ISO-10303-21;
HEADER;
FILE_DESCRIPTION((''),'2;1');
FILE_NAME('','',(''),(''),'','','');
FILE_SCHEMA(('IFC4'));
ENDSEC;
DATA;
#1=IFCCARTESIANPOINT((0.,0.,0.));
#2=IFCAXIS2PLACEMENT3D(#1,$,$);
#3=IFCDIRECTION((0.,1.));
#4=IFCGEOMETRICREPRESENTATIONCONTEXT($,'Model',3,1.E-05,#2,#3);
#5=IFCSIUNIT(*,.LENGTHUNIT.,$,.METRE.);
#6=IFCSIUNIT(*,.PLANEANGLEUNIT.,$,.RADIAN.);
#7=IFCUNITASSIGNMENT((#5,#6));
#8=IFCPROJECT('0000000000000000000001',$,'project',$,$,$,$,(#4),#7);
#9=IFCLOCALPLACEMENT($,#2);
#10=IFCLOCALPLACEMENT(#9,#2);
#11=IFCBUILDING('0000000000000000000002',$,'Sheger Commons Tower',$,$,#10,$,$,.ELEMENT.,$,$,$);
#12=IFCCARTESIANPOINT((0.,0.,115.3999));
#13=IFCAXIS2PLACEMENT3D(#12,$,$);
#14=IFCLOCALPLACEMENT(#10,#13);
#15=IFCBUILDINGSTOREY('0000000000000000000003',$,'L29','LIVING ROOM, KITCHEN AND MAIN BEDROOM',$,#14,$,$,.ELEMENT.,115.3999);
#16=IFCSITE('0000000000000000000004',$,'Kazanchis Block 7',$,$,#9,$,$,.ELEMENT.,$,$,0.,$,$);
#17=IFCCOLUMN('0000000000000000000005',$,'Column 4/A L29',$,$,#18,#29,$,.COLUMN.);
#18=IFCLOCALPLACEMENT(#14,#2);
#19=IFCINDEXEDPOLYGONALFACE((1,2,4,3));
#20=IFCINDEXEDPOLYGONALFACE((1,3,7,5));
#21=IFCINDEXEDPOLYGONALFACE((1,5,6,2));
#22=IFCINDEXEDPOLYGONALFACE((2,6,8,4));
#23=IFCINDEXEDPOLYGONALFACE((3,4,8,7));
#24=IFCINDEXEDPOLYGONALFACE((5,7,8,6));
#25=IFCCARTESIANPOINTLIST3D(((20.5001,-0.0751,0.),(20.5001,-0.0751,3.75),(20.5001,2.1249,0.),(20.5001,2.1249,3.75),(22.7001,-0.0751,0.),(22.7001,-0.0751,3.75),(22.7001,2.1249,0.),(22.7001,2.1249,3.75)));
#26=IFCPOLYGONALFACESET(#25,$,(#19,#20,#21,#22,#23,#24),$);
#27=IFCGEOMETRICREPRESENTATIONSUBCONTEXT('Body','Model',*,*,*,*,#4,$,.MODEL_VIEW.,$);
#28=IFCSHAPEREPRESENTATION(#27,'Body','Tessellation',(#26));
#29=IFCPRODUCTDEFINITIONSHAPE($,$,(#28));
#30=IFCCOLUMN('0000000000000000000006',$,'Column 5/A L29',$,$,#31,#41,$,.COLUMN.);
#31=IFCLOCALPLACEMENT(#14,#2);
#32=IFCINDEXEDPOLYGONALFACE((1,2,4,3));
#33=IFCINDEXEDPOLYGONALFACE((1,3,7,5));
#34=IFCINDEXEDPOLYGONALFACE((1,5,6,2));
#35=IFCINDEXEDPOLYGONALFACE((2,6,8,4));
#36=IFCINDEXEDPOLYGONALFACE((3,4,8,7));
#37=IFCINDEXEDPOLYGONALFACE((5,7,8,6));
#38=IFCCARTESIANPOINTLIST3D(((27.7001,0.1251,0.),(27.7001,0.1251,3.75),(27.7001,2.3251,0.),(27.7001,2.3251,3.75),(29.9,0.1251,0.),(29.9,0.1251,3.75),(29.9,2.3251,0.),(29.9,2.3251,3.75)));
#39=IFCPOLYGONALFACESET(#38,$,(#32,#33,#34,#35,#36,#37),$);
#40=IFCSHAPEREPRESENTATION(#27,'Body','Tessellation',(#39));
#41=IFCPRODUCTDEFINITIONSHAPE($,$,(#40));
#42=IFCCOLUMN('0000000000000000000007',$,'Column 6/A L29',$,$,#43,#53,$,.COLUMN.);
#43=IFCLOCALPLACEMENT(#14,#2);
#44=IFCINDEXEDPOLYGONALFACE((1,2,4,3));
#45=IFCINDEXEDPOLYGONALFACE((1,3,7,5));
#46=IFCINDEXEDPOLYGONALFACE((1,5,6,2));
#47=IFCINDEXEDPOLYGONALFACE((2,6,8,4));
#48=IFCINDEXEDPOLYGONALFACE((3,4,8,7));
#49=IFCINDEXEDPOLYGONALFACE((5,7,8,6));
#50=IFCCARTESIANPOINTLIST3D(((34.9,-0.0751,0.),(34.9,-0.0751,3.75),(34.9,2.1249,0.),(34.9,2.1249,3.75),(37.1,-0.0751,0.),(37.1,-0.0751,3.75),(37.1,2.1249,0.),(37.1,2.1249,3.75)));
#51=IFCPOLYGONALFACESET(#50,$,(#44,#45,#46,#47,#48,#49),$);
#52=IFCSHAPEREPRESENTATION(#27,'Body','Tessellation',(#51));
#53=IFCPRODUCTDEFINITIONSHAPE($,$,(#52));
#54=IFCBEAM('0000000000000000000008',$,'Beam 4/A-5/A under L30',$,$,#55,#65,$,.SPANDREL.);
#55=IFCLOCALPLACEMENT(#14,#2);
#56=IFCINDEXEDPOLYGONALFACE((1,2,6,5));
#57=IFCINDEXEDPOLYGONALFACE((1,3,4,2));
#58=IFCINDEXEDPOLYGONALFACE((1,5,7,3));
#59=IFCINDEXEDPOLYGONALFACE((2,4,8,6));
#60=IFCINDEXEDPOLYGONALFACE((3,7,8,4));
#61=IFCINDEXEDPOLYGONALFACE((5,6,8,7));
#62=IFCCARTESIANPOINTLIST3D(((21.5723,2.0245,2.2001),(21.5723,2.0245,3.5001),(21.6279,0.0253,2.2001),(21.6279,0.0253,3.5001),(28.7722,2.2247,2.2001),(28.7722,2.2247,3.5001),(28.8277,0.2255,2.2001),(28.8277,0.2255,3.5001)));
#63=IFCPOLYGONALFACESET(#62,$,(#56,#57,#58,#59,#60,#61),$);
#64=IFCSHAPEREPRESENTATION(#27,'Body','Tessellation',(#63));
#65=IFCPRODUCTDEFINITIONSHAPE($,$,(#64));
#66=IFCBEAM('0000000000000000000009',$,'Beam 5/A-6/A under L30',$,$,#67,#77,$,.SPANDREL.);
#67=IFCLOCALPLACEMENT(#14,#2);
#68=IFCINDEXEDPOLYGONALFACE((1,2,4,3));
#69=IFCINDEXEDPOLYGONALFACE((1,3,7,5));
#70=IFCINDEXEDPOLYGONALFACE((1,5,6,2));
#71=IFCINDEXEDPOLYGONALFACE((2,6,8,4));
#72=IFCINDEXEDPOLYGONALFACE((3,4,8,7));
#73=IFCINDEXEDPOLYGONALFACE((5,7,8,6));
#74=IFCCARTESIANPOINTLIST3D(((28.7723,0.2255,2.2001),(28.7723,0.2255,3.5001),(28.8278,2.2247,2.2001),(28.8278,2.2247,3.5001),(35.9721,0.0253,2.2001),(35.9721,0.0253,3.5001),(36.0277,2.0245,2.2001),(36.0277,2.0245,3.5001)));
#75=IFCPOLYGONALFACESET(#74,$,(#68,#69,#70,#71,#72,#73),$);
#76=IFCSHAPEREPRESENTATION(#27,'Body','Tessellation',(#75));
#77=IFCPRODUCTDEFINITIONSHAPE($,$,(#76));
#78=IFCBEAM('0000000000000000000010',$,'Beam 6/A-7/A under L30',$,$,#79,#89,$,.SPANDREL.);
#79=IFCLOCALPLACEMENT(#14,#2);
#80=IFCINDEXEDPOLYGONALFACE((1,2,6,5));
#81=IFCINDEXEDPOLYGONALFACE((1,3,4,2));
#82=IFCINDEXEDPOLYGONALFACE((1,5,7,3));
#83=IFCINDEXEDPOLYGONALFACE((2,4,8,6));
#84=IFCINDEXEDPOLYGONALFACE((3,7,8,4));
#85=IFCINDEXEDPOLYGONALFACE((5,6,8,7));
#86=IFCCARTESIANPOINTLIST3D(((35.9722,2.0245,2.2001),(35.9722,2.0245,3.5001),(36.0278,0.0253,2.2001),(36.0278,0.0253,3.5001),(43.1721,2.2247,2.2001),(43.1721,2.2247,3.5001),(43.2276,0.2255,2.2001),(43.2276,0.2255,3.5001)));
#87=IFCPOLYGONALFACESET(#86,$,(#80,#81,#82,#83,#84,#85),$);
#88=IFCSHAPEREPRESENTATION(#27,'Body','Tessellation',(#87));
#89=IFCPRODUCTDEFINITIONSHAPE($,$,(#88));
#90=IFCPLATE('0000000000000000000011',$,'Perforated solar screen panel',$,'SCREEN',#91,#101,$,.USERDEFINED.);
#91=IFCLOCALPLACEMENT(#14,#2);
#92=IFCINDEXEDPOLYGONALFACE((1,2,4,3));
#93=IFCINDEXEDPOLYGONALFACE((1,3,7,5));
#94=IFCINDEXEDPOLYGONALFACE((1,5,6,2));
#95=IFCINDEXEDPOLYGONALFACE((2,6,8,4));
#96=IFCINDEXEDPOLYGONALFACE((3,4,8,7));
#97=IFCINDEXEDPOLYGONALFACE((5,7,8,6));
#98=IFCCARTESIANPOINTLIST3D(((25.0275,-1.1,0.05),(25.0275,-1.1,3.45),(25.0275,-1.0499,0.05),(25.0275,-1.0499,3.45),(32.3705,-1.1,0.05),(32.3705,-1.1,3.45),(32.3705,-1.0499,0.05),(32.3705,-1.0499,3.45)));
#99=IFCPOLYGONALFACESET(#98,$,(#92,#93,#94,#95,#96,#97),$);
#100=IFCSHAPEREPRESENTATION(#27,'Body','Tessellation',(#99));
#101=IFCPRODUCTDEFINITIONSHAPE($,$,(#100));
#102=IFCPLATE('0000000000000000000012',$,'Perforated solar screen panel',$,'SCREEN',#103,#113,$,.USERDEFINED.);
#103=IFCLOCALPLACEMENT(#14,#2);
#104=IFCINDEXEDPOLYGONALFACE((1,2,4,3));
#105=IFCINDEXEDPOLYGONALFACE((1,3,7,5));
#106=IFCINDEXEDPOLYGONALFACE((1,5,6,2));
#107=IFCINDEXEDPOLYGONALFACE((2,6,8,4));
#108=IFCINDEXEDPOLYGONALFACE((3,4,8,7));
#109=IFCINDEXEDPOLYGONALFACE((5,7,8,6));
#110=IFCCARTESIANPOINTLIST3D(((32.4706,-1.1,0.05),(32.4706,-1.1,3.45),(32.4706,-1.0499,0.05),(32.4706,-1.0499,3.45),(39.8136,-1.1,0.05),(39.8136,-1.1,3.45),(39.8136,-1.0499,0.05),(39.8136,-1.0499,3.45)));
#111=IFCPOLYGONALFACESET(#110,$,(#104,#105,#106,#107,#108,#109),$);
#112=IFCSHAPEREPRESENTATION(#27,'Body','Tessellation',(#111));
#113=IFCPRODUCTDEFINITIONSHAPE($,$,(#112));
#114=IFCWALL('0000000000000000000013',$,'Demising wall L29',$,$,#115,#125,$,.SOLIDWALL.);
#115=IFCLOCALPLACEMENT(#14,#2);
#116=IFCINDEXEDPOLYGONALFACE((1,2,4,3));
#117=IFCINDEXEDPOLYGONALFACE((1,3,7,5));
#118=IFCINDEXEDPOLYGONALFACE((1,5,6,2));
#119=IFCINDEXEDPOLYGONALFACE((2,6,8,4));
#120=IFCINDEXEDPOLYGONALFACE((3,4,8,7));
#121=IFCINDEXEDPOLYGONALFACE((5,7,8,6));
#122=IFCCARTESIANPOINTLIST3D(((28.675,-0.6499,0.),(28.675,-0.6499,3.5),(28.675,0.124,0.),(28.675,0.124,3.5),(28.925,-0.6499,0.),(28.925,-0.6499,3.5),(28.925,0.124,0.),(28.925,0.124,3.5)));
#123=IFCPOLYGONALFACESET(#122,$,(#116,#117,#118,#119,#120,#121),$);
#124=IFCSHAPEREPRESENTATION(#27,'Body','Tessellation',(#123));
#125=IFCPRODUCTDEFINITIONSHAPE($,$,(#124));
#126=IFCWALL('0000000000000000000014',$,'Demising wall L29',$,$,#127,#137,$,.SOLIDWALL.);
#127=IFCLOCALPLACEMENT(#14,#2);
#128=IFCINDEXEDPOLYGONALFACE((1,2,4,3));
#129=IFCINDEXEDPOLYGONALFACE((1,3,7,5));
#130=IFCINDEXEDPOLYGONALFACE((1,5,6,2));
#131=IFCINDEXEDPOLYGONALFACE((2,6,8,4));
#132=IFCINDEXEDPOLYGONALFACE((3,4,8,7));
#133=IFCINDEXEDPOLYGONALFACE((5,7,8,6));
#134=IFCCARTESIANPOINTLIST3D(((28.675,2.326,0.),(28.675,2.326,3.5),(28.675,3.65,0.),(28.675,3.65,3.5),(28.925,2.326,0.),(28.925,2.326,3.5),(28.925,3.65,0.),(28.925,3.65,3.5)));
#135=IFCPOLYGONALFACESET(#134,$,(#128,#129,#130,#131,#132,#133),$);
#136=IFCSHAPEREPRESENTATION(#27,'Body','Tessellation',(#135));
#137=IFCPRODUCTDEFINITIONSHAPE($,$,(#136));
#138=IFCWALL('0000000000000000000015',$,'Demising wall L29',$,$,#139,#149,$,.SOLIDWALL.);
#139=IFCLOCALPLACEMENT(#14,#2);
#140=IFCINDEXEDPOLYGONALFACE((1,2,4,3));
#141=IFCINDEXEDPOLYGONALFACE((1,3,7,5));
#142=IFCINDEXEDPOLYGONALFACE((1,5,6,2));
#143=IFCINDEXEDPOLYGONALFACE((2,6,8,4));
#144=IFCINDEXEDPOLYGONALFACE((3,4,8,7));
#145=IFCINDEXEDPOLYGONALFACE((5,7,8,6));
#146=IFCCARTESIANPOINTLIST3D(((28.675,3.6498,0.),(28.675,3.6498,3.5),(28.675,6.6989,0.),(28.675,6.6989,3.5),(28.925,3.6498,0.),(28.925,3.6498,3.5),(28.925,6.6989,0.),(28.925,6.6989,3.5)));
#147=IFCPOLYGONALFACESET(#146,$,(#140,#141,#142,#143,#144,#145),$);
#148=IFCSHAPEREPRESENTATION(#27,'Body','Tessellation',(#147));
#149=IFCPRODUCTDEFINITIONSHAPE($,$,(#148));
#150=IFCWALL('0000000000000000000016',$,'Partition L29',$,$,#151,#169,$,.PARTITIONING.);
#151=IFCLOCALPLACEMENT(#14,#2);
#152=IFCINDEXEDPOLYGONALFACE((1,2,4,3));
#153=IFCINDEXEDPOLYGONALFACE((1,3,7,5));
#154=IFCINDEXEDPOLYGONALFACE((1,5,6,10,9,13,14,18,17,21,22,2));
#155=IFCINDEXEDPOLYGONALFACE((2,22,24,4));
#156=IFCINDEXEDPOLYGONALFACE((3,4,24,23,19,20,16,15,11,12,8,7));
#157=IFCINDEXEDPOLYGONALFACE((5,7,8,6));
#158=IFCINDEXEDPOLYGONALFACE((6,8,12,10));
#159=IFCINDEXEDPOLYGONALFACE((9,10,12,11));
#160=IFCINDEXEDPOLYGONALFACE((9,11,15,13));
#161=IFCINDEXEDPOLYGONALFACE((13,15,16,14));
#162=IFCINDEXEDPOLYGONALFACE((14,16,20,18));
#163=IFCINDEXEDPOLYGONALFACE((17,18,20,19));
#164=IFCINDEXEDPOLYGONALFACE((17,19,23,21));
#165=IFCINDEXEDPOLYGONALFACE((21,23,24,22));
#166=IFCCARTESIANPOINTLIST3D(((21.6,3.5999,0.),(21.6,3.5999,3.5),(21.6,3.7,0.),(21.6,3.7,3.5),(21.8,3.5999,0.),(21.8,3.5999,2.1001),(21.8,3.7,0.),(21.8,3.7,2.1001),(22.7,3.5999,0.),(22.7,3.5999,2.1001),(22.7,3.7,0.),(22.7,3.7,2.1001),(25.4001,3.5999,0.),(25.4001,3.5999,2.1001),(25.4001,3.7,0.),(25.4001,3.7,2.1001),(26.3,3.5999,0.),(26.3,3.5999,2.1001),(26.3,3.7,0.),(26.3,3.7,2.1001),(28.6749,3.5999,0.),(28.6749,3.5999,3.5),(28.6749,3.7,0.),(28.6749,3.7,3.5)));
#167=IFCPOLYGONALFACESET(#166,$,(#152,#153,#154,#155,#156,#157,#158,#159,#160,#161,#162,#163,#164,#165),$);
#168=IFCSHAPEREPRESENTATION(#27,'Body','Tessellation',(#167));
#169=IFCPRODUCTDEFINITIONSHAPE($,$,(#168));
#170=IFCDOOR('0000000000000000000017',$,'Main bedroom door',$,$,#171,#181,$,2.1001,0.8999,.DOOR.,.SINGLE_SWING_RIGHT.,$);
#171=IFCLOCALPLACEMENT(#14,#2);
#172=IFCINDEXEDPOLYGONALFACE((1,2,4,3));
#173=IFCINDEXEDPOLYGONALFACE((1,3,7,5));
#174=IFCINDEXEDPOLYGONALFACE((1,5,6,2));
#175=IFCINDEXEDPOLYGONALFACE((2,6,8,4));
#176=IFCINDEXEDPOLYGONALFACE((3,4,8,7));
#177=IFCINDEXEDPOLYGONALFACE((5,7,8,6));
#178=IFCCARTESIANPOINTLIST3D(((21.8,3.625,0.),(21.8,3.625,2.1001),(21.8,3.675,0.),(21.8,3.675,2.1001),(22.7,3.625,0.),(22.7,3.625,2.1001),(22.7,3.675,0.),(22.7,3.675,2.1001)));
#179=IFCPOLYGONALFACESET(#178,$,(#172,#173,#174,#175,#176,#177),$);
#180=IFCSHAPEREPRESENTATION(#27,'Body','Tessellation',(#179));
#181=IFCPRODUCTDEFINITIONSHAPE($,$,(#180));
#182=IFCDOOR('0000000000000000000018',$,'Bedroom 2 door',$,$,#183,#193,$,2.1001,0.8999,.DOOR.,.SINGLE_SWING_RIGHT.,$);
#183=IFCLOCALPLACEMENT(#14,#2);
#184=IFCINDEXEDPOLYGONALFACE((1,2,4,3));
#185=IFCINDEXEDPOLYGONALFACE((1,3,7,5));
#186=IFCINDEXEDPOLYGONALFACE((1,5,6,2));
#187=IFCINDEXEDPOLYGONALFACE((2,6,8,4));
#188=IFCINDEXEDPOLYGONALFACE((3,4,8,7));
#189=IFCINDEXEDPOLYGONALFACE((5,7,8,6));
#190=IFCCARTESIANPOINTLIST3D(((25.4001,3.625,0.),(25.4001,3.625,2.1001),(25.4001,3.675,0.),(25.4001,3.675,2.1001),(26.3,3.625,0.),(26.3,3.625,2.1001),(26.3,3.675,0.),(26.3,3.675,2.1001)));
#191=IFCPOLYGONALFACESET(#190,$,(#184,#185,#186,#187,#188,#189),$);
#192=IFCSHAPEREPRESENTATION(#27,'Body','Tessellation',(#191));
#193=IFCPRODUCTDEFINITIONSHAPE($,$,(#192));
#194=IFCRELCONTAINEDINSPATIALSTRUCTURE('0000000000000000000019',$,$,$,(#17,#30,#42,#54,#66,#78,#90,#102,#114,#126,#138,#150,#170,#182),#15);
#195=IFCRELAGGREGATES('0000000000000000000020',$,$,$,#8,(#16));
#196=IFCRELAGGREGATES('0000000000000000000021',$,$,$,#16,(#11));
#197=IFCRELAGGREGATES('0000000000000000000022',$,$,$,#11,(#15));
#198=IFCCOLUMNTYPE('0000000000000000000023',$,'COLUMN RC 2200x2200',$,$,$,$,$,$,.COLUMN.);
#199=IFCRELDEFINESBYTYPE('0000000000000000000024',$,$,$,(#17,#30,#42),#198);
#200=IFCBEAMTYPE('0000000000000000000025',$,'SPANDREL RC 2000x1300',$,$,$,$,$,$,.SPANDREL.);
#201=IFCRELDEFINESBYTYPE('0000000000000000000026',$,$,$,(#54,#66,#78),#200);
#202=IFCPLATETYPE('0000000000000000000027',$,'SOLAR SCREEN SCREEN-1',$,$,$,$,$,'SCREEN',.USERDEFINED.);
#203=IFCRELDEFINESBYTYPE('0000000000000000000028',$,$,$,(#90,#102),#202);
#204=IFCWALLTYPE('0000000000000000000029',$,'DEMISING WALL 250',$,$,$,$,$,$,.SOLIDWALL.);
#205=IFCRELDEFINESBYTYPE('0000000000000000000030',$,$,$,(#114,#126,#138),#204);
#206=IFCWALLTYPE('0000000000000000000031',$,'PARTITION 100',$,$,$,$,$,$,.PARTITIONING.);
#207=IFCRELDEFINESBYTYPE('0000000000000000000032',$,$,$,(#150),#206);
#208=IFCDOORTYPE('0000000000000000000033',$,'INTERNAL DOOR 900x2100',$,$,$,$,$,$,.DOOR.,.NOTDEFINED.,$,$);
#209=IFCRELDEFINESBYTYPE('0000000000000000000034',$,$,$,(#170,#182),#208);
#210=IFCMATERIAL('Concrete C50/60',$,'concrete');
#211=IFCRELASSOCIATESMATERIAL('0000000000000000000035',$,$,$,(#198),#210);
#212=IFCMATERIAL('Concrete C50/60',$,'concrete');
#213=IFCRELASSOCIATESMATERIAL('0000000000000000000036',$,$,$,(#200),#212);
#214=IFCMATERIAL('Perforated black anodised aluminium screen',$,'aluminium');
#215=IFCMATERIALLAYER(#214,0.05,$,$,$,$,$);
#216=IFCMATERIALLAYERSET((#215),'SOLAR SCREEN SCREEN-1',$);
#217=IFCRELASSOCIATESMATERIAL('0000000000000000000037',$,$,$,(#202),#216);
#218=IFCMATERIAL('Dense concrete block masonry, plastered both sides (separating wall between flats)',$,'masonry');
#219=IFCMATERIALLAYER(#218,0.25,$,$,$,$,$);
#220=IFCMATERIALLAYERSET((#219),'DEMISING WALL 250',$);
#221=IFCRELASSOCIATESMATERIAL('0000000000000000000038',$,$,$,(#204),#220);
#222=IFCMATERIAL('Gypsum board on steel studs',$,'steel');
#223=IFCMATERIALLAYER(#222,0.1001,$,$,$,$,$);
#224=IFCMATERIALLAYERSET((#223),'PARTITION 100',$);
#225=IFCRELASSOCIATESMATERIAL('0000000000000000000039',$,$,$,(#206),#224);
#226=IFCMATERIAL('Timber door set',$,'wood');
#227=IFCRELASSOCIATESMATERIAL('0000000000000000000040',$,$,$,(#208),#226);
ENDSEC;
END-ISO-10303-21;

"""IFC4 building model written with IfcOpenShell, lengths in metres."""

from ifc_helpers import new_model, si_unit, direction, frame, frame_2d, origin, origin_2d, place, context, subcontext, project, spatial, rectangle, extrude, material, layer, layer_set, material_profile, profile_set, type_object, element, fill, save


model = new_model("IFC4")

# Units and contexts
model_context = context("Model", 3, precision=1e-05, world=origin(), true_north=direction((0.0, 1.0)))
body_context = subcontext(model_context, "Body", "Model", "MODEL_VIEW")
ifc_project = project(units=[si_unit("LENGTHUNIT", "METRE"), si_unit("PLANEANGLEUNIT", "RADIAN")], contexts=[model_context])

# Site, building, storey
site_placement = place(None, origin())
site = spatial("IfcSite", under=ifc_project, at=site_placement, Name="Kazanchis Block 7", CompositionType="ELEMENT", RefElevation=0.0)
building_placement = place(site_placement, origin())
building = spatial("IfcBuilding", under=site, at=building_placement, Name="Sheger Commons Tower", CompositionType="ELEMENT")
storey_placement = place(building_placement, frame((0.0, 0.0, 115.3999)))
storey = spatial("IfcBuildingStorey", under=building, at=storey_placement, Name="L29", Description="LIVING ROOM, KITCHEN AND MAIN BEDROOM", CompositionType="ELEMENT", Elevation=115.3999)

# Columns
ifc_material_1 = material(Name="Concrete C50/60", Category="concrete")
ifc_material_profile_1 = material_profile(ifc_material_1, rectangle(XDim=2.2, YDim=2.2, at=origin_2d()), Name="RC 2200x2200")
ifc_profile_set_1 = profile_set([ifc_material_profile_1], Name="Concrete C50/60")
column_type = type_object("IfcColumnType", Name="COLUMN RC 2200x2200", PredefinedType="COLUMN", material=ifc_profile_set_1)
for number, where, z_axis, x_axis, name in (
    (1, (21.6001, 1.0249, 0.0), (0.0, 0.0, 1.0), (1.0, 0.0, 0.0), "Column 4/A L29"),
    (2, (28.8, 1.2251, 0.0), (0.0, 0.0, 1.0), (1.0, 0.0, 0.0), "Column 5/A L29"),
    (3, (36.0, 1.0249, 0.0), (0.0, 0.0, 1.0), (1.0, 0.0, 0.0), "Column 6/A L29"),
):
    element("IfcColumn", number, at=place(storey_placement, frame(where, z_axis=z_axis, x_axis=x_axis)), inside=storey, type_object=column_type, Name=name, PredefinedType="COLUMN", context=body_context, shape_type="SweptSolid", body=[
        extrude(rectangle(XDim=2.2, YDim=2.2, at=origin_2d()), origin(), (0.0, 0.0, 1.0), 3.75),
    ])

# Beams
ifc_material_2 = material(Name="Concrete C50/60", Category="concrete")
ifc_material_profile_2 = material_profile(ifc_material_2, rectangle(XDim=2.0, YDim=1.3, at=origin_2d()), Name="RC 2000x1300")
ifc_profile_set_2 = profile_set([ifc_material_profile_2], Name="Concrete C50/60")
beam_type = type_object("IfcBeamType", Name="SPANDREL RC 2000x1300", PredefinedType="SPANDREL", material=ifc_profile_set_2)
for number, where, z_axis, x_axis, name in (
    (4, (21.6001, 1.0249, 2.8501), (0.999614, 0.027794, 0.0), (-0.027794, 0.999614, 0.0), "Beam 4/A-5/A under L30"),
    (5, (28.8, 1.2251, 2.8501), (0.999614, -0.027794, 0.0), (0.027794, 0.999614, 0.0), "Beam 5/A-6/A under L30"),
    (6, (36.0, 1.0249, 2.8501), (0.999614, 0.027794, 0.0), (-0.027794, 0.999614, 0.0), "Beam 6/A-7/A under L30"),
):
    element("IfcBeam", number, at=place(storey_placement, frame(where, z_axis=z_axis, x_axis=x_axis)), inside=storey, type_object=beam_type, Name=name, PredefinedType="SPANDREL", context=body_context, shape_type="SweptSolid", body=[
        extrude(rectangle(XDim=2.0, YDim=1.3, at=origin_2d()), origin(), (0.0, 0.0, 1.0), 7.2026),
    ])

# Plates
ifc_material_3 = material(Name="Perforated black anodised aluminium screen", Category="aluminium")
ifc_layer_1 = layer(ifc_material_3, 0.05)
ifc_layer_set_1 = layer_set([ifc_layer_1], Name="SOLAR SCREEN SCREEN-1")
plate_type = type_object("IfcPlateType", Name="SOLAR SCREEN SCREEN-1", ElementType="SCREEN", PredefinedType="USERDEFINED", material=ifc_layer_set_1)
for number, where, z_axis, x_axis, name in (
    (7, (28.699, -1.075, 0.05), (0.0, 0.0, 1.0), (1.0, 0.0, 0.0), "Perforated solar screen panel"),
    (8, (36.1421, -1.075, 0.05), (0.0, 0.0, 1.0), (1.0, 0.0, 0.0), "Perforated solar screen panel"),
):
    element("IfcPlate", number, at=place(storey_placement, frame(where, z_axis=z_axis, x_axis=x_axis)), inside=storey, type_object=plate_type, Name=name, ObjectType="SCREEN", PredefinedType="USERDEFINED", context=body_context, shape_type="SweptSolid", body=[
        extrude(rectangle(XDim=7.343, YDim=0.05, at=origin_2d()), origin(), (0.0, 0.0, 1.0), 3.3999),
    ])

# Walls
ifc_material_4 = material(Name="Dense concrete block masonry, plastered both sides (separating wall between flats)", Category="masonry")
ifc_layer_2 = layer(ifc_material_4, 0.25)
ifc_layer_set_2 = layer_set([ifc_layer_2], Name="DEMISING WALL 250")
wall_type_1 = type_object("IfcWallType", Name="DEMISING WALL 250", PredefinedType="SOLIDWALL", material=ifc_layer_set_2)
wall_1_placement = place(storey_placement, frame((28.8, -0.6499, 0.0), z_axis=(0.0, 0.0, 1.0), x_axis=(0.0, 1.0, 0.0)))
element("IfcWall", 9, at=wall_1_placement, inside=storey, type_object=wall_type_1, Name="Demising wall L29", PredefinedType="SOLIDWALL", context=body_context, shape_type="SweptSolid", body=[
    extrude(rectangle(XDim=0.7739, YDim=0.25, at=frame_2d((0.387, 0.0))), origin(), (0.0, 0.0, 1.0), 3.5),
])
wall_2_placement = place(storey_placement, frame((28.8, 2.3259, 0.0), z_axis=(0.0, 0.0, 1.0), x_axis=(0.0, 1.0, 0.0)))
element("IfcWall", 10, at=wall_2_placement, inside=storey, type_object=wall_type_1, Name="Demising wall L29", PredefinedType="SOLIDWALL", context=body_context, shape_type="SweptSolid", body=[
    extrude(rectangle(XDim=1.324, YDim=0.25, at=frame_2d((0.6621, 0.0))), origin(), (0.0, 0.0, 1.0), 3.5),
])
wall_3_placement = place(storey_placement, frame((28.8, 3.6499, 0.0), z_axis=(0.0, 0.0, 1.0), x_axis=(0.0, 1.0, 0.0)))
element("IfcWall", 11, at=wall_3_placement, inside=storey, type_object=wall_type_1, Name="Demising wall L29", PredefinedType="SOLIDWALL", context=body_context, shape_type="SweptSolid", body=[
    extrude(rectangle(XDim=3.0491, YDim=0.25, at=frame_2d((1.5244, 0.0))), origin(), (0.0, 0.0, 1.0), 3.5),
])

# Wall, openings, doors
ifc_material_5 = material(Name="Gypsum board on steel studs", Category="steel")
ifc_layer_3 = layer(ifc_material_5, 0.1001)
ifc_layer_set_3 = layer_set([ifc_layer_3], Name="PARTITION 100")
wall_type_2 = type_object("IfcWallType", Name="PARTITION 100", PredefinedType="PARTITIONING", material=ifc_layer_set_3)
wall_4_placement = place(storey_placement, frame((28.675, 3.6499, 0.0), z_axis=(0.0, 0.0, 1.0), x_axis=(-1.0, 0.0, 0.0)))
wall_4 = element("IfcWall", 12, at=wall_4_placement, inside=storey, type_object=wall_type_2, Name="Partition L29", PredefinedType="PARTITIONING", context=body_context, shape_type="SweptSolid", body=[
    extrude(rectangle(XDim=7.075, YDim=0.1001, at=frame_2d((3.5376, 0.0))), origin(), (0.0, 0.0, 1.0), 3.5),
])
opening_1_placement = place(wall_4_placement, frame((5.9751, 0.0, 0.0)))
opening_1 = element("IfcOpeningElement", 13, at=opening_1_placement, cuts=wall_4, PredefinedType="OPENING", context=body_context, shape_type="SweptSolid", body=[
    extrude(rectangle(XDim=0.8999, YDim=2.1001, at=frame_2d((0.45, 1.05))), frame((0.0, 0.0601, 0.0), z_axis=(0.0, -1.0, 0.0), x_axis=(1.0, 0.0, 0.0)), (0.0, 0.0, 1.0), 0.1201),
])
opening_2_placement = place(wall_4_placement, frame((2.375, 0.0, 0.0)))
opening_2 = element("IfcOpeningElement", 14, at=opening_2_placement, cuts=wall_4, PredefinedType="OPENING", context=body_context, shape_type="SweptSolid", body=[
    extrude(rectangle(XDim=0.8999, YDim=2.1001, at=frame_2d((0.45, 1.05))), frame((0.0, 0.0601, 0.0), z_axis=(0.0, -1.0, 0.0), x_axis=(1.0, 0.0, 0.0)), (0.0, 0.0, 1.0), 0.1201),
])
ifc_material_6 = material(Name="Timber door set", Category="wood")
door_type = type_object("IfcDoorType", Name="INTERNAL DOOR 900x2100", OperationType="NOTDEFINED", PredefinedType="DOOR", material=ifc_material_6)
door_1_placement = place(opening_1_placement, origin())
door_1 = element("IfcDoor", 15, at=door_1_placement, inside=storey, type_object=door_type, Name="Main bedroom door", OperationType="SINGLE_SWING_RIGHT", OverallHeight=2.1001, OverallWidth=0.8999, PredefinedType="DOOR", context=body_context, shape_type="SweptSolid", body=[
    extrude(rectangle(XDim=0.8999, YDim=2.1001, at=frame_2d((0.45, 1.05))), frame((0.0, 0.0249, 0.0), z_axis=(0.0, -1.0, 0.0), x_axis=(1.0, 0.0, 0.0)), (0.0, 0.0, 1.0), 0.05),
])
fill(opening_1, door_1)
door_2_placement = place(opening_2_placement, origin())
door_2 = element("IfcDoor", 16, at=door_2_placement, inside=storey, type_object=door_type, Name="Bedroom 2 door", OperationType="SINGLE_SWING_RIGHT", OverallHeight=2.1001, OverallWidth=0.8999, PredefinedType="DOOR", context=body_context, shape_type="SweptSolid", body=[
    extrude(rectangle(XDim=0.8999, YDim=2.1001, at=frame_2d((0.45, 1.05))), frame((0.0, 0.0249, 0.0), z_axis=(0.0, -1.0, 0.0), x_axis=(1.0, 0.0, 0.0)), (0.0, 0.0, 1.0), 0.05),
])
fill(opening_2, door_2)

save(model, "model.ifc")
